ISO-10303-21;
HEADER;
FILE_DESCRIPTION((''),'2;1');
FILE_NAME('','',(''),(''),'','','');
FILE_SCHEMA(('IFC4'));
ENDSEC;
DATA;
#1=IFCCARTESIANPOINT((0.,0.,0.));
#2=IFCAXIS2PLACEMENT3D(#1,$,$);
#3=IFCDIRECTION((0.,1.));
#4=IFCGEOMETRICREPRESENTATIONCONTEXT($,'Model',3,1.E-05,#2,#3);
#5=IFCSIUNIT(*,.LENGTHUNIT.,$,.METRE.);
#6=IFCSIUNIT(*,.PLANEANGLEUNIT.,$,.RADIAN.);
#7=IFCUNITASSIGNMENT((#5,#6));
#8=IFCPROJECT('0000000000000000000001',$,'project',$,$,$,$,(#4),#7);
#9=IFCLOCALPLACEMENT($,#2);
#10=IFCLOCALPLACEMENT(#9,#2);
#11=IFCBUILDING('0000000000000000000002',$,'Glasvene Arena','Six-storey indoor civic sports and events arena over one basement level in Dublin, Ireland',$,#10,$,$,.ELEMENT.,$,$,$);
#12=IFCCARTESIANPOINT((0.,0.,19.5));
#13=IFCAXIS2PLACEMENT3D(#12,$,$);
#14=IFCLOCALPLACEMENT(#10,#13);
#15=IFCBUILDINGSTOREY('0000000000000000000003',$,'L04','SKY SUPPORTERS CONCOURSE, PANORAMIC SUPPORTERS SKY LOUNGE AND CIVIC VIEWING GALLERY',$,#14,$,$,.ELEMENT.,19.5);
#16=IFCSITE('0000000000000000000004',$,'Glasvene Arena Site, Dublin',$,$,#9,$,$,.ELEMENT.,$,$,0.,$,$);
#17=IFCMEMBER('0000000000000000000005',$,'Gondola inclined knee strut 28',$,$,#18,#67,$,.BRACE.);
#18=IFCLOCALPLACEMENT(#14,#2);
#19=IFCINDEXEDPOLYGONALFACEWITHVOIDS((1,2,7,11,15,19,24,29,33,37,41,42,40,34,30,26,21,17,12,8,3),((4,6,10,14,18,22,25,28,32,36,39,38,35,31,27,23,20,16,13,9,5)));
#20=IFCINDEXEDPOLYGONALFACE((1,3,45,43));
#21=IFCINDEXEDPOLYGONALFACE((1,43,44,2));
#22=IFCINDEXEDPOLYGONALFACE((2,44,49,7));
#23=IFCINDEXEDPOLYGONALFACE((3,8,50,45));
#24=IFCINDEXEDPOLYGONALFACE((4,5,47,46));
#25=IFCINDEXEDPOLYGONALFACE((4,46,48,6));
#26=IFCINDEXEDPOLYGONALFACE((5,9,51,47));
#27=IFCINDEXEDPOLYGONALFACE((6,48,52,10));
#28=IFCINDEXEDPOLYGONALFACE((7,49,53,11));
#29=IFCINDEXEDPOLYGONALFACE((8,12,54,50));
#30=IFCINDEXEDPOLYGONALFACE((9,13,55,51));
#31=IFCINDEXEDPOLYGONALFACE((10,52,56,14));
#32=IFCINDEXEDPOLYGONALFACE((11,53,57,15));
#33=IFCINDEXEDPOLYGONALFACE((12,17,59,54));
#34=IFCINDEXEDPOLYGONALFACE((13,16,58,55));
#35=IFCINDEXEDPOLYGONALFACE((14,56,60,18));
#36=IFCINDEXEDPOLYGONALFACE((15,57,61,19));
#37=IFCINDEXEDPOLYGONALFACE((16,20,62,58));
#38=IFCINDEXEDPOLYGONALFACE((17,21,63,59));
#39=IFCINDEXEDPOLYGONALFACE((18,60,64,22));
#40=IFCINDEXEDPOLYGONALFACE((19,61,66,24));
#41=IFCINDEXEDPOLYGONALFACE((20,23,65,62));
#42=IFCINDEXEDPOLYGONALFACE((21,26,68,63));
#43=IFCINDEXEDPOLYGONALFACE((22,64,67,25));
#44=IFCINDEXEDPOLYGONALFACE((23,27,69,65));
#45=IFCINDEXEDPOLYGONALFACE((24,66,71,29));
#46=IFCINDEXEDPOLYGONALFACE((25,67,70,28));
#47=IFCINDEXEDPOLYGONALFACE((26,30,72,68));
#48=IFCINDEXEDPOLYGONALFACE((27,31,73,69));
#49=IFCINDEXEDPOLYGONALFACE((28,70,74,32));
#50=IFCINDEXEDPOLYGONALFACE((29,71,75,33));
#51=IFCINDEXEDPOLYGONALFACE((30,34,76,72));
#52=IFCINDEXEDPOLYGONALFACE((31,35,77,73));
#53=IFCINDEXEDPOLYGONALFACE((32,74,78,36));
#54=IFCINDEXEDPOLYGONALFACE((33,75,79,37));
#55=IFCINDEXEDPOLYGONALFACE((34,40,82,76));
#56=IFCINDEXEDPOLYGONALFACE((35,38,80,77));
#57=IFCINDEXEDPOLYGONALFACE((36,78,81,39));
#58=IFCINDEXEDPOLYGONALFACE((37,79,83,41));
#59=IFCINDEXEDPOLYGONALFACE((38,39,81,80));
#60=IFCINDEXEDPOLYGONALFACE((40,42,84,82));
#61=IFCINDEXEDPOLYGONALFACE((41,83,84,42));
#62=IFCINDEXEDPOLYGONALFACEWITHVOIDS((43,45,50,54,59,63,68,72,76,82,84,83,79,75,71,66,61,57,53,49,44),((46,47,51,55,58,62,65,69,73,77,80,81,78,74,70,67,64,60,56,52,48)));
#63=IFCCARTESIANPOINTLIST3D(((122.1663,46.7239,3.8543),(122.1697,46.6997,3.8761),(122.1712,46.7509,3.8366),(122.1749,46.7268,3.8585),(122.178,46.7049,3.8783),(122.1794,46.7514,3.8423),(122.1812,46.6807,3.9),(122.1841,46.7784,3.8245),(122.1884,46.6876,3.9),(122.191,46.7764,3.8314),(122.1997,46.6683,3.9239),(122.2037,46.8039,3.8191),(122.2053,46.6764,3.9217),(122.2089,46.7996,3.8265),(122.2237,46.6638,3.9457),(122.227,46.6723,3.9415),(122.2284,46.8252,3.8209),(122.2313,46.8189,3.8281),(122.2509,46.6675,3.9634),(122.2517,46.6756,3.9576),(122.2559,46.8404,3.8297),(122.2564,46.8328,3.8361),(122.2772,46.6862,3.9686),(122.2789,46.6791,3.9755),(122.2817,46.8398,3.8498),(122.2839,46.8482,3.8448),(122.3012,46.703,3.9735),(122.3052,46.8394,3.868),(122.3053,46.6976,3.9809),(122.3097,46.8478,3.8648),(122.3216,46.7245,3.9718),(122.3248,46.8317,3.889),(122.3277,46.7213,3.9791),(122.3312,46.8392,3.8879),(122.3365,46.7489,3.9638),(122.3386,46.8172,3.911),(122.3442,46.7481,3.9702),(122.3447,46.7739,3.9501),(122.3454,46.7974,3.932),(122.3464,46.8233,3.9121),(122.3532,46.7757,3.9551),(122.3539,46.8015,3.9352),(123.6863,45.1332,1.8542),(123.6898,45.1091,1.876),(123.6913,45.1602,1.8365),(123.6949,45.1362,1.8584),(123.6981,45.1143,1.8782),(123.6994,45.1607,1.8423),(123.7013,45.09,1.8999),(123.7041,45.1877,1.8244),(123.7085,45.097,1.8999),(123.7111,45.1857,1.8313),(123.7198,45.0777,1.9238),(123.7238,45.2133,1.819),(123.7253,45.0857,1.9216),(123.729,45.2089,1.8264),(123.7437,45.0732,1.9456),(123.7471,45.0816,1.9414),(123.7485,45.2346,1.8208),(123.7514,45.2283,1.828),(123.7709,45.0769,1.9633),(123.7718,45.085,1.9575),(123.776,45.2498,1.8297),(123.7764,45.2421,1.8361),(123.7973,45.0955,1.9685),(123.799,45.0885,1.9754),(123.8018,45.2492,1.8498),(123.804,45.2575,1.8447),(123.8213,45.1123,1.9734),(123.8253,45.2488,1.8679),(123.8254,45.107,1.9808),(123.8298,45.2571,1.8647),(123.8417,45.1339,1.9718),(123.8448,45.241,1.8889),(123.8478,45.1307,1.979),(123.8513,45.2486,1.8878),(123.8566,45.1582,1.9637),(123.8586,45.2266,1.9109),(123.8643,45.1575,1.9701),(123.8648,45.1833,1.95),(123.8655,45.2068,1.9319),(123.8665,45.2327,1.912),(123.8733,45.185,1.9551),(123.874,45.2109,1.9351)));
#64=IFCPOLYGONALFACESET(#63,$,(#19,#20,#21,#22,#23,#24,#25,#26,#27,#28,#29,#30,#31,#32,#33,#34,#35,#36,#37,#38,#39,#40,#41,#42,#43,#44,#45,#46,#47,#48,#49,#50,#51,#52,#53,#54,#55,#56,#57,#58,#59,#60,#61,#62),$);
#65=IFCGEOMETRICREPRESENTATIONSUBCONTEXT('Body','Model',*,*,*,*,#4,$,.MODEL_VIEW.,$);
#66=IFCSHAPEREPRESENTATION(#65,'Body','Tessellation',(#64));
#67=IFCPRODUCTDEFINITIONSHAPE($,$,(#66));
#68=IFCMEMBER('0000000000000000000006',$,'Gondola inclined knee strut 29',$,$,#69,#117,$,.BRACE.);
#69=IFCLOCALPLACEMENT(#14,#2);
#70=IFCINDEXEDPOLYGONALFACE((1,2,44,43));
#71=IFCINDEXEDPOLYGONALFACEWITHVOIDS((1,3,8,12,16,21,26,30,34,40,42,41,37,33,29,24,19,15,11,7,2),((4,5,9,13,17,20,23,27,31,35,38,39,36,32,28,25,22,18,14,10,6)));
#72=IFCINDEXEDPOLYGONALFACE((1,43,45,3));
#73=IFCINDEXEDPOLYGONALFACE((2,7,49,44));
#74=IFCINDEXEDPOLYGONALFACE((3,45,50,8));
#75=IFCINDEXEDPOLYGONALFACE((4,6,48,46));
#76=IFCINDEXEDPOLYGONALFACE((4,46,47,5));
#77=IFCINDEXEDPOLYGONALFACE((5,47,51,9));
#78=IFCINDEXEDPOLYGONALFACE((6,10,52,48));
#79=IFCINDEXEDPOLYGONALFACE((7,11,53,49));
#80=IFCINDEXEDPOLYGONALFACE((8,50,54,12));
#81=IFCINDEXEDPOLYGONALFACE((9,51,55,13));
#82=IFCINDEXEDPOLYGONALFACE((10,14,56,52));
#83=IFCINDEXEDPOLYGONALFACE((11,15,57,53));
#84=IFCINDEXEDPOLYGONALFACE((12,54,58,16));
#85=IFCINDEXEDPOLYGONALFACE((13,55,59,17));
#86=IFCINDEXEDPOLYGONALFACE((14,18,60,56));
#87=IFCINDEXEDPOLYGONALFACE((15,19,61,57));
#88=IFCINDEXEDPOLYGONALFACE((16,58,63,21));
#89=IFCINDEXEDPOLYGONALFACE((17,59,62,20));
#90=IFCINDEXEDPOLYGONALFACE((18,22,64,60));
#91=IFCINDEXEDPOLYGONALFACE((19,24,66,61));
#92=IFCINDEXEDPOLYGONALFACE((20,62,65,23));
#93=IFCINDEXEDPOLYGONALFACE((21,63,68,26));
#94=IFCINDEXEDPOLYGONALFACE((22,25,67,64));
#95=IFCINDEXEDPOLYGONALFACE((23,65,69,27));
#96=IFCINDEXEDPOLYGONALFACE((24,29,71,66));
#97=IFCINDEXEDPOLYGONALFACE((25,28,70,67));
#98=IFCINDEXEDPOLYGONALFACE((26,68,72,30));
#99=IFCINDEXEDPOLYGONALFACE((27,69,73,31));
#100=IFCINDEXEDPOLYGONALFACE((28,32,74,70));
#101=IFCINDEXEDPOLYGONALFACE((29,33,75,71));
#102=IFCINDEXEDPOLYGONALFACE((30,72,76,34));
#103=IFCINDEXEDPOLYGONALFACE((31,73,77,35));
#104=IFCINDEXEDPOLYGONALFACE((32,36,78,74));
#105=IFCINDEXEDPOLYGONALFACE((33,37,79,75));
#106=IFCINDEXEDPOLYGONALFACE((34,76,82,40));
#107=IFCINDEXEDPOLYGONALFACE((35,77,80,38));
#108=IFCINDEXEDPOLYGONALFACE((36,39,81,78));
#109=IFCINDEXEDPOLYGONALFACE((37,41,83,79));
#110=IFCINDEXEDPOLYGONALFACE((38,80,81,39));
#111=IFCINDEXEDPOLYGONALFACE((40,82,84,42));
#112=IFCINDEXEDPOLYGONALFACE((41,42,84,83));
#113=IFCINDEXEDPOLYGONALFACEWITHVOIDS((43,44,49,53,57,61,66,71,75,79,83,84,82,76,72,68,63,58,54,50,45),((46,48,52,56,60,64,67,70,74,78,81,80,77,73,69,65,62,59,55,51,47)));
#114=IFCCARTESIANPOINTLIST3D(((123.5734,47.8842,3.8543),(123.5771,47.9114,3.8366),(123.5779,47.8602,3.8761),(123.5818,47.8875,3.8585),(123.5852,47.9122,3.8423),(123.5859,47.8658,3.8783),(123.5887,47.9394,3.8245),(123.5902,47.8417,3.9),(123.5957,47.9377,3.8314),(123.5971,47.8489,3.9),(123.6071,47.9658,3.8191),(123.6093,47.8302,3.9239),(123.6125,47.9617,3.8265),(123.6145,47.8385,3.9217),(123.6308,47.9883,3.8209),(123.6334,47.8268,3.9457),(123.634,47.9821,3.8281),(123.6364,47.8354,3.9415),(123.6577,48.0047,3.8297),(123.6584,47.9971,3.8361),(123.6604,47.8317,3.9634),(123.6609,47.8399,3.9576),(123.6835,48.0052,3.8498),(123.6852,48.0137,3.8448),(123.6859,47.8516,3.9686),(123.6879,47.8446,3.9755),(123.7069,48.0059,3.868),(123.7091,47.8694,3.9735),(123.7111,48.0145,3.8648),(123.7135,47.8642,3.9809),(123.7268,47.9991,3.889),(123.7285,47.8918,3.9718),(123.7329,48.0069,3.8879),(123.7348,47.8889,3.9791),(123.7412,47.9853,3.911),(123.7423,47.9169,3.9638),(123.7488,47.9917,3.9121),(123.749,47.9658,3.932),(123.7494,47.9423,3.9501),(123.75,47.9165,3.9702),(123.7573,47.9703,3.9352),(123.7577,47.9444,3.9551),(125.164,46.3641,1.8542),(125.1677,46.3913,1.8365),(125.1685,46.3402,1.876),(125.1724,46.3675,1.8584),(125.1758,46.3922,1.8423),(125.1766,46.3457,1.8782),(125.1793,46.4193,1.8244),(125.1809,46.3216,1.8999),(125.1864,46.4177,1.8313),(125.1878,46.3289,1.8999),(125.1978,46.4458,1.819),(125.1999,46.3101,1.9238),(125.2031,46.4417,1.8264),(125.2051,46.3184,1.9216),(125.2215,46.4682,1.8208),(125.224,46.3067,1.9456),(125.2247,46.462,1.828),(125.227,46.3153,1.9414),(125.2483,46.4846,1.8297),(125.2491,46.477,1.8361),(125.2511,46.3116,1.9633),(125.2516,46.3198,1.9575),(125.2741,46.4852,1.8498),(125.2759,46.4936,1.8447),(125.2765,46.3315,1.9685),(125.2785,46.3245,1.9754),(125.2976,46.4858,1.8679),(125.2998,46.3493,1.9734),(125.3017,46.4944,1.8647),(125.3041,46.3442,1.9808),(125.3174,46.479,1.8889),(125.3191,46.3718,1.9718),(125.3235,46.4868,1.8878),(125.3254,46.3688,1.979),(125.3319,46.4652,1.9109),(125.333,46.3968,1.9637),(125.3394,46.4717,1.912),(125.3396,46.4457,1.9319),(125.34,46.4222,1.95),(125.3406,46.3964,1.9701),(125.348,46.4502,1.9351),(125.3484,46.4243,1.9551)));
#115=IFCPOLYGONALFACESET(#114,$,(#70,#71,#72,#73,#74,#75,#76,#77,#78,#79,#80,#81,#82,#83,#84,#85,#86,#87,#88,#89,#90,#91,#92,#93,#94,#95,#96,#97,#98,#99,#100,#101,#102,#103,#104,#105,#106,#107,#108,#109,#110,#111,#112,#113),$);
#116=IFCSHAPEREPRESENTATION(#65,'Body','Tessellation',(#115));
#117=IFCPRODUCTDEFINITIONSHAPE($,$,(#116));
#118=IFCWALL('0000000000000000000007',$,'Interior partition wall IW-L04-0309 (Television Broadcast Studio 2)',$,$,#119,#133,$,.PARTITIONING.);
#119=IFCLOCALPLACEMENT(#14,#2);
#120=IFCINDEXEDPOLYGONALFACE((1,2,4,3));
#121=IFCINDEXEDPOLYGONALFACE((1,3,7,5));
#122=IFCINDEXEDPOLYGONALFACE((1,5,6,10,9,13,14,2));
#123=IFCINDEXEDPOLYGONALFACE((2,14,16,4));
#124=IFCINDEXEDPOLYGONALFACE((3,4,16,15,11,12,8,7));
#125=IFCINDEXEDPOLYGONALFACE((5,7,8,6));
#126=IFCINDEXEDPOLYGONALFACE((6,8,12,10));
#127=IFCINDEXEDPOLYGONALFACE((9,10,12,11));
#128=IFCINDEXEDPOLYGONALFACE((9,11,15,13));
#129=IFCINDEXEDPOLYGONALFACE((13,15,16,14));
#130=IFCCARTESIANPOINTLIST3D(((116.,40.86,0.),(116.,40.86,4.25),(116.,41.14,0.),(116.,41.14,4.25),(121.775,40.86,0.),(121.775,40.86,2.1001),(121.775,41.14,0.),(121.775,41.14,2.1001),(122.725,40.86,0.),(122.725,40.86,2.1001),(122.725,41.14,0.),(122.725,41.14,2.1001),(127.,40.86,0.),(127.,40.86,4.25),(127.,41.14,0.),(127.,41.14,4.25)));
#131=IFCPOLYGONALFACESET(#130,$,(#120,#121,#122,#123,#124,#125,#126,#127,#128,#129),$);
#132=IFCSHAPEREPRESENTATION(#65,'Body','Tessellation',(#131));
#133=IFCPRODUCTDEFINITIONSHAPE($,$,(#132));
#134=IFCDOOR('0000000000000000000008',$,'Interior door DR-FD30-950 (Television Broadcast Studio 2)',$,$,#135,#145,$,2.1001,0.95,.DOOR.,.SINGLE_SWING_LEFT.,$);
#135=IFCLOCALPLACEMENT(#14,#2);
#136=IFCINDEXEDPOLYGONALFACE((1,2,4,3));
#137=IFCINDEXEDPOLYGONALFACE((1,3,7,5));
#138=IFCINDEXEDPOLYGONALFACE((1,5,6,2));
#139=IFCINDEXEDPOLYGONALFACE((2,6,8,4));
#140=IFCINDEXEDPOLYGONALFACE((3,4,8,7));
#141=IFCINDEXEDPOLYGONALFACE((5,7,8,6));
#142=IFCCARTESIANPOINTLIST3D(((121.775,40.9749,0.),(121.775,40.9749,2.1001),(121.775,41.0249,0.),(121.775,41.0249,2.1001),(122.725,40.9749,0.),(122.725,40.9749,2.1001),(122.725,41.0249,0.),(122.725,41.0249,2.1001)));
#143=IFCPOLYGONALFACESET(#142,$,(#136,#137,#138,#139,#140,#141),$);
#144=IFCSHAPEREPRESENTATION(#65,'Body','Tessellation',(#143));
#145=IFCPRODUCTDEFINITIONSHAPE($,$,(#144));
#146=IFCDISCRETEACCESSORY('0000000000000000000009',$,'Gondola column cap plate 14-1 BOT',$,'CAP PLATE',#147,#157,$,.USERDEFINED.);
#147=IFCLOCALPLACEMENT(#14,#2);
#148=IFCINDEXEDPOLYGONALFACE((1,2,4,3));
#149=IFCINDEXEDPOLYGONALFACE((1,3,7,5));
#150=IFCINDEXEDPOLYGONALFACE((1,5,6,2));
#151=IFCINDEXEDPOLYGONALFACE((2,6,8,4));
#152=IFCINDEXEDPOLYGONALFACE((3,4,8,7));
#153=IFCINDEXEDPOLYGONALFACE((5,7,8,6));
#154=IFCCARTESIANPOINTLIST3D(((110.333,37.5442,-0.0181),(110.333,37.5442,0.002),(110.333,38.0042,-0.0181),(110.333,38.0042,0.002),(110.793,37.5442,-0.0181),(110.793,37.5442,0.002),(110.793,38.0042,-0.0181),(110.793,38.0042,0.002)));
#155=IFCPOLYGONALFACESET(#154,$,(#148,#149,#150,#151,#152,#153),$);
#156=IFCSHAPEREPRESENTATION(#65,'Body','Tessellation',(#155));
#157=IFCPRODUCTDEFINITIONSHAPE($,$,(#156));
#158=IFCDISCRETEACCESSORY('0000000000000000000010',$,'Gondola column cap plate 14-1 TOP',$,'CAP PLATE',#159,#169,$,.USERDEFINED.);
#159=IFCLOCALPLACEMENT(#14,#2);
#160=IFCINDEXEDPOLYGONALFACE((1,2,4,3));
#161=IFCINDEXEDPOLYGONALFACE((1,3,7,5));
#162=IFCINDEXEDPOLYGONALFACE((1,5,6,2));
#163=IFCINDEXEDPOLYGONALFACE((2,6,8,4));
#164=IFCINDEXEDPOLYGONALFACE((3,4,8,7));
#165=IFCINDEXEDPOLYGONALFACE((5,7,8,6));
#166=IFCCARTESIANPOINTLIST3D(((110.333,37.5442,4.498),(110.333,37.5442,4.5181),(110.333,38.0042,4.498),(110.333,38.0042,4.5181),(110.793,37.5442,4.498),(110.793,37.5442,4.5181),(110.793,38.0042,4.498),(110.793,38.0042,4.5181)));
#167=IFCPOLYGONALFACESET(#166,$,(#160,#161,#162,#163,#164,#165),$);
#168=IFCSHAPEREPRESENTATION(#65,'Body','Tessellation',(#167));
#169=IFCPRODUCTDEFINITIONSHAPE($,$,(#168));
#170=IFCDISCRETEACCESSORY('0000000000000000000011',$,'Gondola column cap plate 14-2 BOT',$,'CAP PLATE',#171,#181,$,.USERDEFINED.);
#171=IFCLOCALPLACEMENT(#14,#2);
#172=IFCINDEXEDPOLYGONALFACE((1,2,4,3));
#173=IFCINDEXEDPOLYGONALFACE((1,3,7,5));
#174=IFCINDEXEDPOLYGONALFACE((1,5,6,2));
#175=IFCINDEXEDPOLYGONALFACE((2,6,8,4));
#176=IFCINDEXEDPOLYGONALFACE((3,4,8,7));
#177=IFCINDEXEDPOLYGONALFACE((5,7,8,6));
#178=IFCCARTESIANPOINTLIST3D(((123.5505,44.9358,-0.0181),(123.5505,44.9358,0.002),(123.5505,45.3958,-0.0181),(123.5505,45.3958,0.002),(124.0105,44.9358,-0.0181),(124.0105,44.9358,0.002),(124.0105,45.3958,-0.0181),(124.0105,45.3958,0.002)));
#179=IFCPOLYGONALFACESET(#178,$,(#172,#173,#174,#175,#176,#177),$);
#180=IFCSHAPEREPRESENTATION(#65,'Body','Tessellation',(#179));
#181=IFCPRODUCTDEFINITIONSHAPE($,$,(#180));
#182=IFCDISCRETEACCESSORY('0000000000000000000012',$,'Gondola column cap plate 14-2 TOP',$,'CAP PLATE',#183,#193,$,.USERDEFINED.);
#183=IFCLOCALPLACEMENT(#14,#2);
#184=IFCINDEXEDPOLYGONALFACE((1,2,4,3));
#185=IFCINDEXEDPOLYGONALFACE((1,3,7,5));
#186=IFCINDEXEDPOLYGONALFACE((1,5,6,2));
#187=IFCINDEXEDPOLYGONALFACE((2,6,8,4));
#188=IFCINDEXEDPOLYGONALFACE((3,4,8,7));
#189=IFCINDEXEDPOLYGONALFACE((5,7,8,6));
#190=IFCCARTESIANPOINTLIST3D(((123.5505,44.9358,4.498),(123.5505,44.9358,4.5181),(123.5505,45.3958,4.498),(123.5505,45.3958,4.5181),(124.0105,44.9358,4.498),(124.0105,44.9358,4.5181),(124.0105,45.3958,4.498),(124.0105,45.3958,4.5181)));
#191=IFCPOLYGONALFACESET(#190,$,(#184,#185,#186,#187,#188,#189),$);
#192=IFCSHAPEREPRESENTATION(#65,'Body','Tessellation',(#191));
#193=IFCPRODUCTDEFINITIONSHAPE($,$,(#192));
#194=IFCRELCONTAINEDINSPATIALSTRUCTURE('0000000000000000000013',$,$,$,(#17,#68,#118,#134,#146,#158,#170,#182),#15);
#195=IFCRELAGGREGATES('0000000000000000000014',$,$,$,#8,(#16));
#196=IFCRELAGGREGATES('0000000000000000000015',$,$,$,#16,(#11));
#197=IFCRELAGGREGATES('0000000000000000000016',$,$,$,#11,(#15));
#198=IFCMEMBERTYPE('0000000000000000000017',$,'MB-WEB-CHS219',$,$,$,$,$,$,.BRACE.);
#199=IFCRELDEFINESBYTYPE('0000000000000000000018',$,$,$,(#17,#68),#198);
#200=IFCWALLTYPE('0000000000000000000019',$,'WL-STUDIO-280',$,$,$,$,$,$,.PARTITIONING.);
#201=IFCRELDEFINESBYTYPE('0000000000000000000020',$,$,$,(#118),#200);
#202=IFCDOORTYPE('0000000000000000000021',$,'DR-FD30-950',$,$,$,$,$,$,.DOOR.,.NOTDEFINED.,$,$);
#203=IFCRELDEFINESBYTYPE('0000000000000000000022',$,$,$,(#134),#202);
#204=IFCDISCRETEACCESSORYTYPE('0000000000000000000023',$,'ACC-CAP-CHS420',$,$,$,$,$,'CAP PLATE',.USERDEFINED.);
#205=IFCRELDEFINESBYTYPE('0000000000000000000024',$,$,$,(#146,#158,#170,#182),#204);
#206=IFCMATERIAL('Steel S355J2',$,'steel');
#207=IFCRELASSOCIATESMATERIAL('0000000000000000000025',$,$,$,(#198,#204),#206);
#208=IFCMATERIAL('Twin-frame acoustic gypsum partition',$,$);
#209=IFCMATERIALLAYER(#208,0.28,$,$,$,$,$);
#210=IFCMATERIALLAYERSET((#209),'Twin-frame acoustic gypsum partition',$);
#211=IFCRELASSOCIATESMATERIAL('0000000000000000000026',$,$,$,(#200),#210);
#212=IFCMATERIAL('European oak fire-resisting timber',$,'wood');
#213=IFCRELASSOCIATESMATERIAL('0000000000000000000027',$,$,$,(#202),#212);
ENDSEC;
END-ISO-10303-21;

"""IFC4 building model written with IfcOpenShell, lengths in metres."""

from ifc_helpers import new_model, si_unit, direction, frame, frame_2d, origin, origin_2d, place, context, subcontext, project, spatial, rectangle, hollow_circle, extrude, material, layer, layer_set, material_profile, profile_set, type_object, element, fill, save


model = new_model("IFC4")

# Units and contexts
model_context = context("Model", 3, precision=1e-05, world=origin(), true_north=direction((0.0, 1.0)))
body_context = subcontext(model_context, "Body", "Model", "MODEL_VIEW")
ifc_project = project(units=[si_unit("LENGTHUNIT", "METRE"), si_unit("PLANEANGLEUNIT", "RADIAN")], contexts=[model_context])

# Site, building, storey
site_placement = place(None, origin())
site = spatial("IfcSite", under=ifc_project, at=site_placement, Name="Glasvene Arena Site, Dublin", CompositionType="ELEMENT", RefElevation=0.0)
building_placement = place(site_placement, origin())
building = spatial("IfcBuilding", under=site, at=building_placement, Name="Glasvene Arena", Description="Six-storey indoor civic sports and events arena over one basement level in Dublin, Ireland", CompositionType="ELEMENT")
storey_placement = place(building_placement, frame((0.0, 0.0, 19.5)))
storey = spatial("IfcBuildingStorey", under=building, at=storey_placement, Name="L04", Description="SKY SUPPORTERS CONCOURSE, PANORAMIC SUPPORTERS SKY LOUNGE AND CIVIC VIEWING GALLERY", CompositionType="ELEMENT", Elevation=19.5)

# Shared definitions
ifc_material_1 = material(Name="Steel S355J2", Category="steel")

# Members
ifc_material_profile_1 = material_profile(ifc_material_1, hollow_circle(Radius=0.1096, WallThickness=0.01, at=origin_2d()), Name="CHS 219.1x10.0")
ifc_profile_set_1 = profile_set([ifc_material_profile_1], Name="Steel S355J2")
member_type = type_object("IfcMemberType", Name="MB-WEB-CHS219", PredefinedType="BRACE", material=ifc_profile_set_1)
for number, where, z_axis, x_axis, name in (
    (1, (123.7805, 45.1658, 1.8999), (-0.511227, 0.534957, 0.672658), (-0.72296, -0.69089, 0.0), "Gondola inclined knee strut 28"),
    (2, (125.2566, 46.4009, 1.8999), (-0.534957, 0.511227, 0.672658), (-0.69089, -0.72296, 0.0), "Gondola inclined knee strut 29"),
):
    element("IfcMember", number, at=place(storey_placement, frame(where, z_axis=z_axis, x_axis=x_axis)), inside=storey, type_object=member_type, Name=name, PredefinedType="BRACE", context=body_context, shape_type="SweptSolid", body=[
        extrude(hollow_circle(Radius=0.1096, WallThickness=0.01, at=origin_2d()), origin(), (0.0, 0.0, 1.0), 2.9734),
    ])

# Wall, opening, door
ifc_material_2 = material(Name="Twin-frame acoustic gypsum partition")
ifc_layer = layer(ifc_material_2, 0.28)
ifc_layer_set = layer_set([ifc_layer], Name="Twin-frame acoustic gypsum partition")
wall_type = type_object("IfcWallType", Name="WL-STUDIO-280", PredefinedType="PARTITIONING", material=ifc_layer_set)
wall_placement = place(storey_placement, frame((116.0, 41.0, 0.0), z_axis=(0.0, 0.0, 1.0), x_axis=(1.0, 0.0, 0.0)))
wall = element("IfcWall", 3, at=wall_placement, inside=storey, type_object=wall_type, Name="Interior partition wall IW-L04-0309 (Television Broadcast Studio 2)", PredefinedType="PARTITIONING", context=body_context, shape_type="SweptSolid", body=[
    extrude(rectangle(XDim=11.0, YDim=0.28, at=frame_2d((5.5, 0.0))), origin(), (0.0, 0.0, 1.0), 4.25),
])
opening_placement = place(wall_placement, frame((5.7749, 0.0, 0.0)))
opening = element("IfcOpeningElement", 4, at=opening_placement, cuts=wall, PredefinedType="OPENING", context=body_context, shape_type="SweptSolid", body=[
    extrude(rectangle(XDim=0.95, YDim=2.1001, at=frame_2d((0.4751, 1.05))), frame((0.0, 0.1499, 0.0), z_axis=(0.0, -1.0, 0.0), x_axis=(1.0, 0.0, 0.0)), (0.0, 0.0, 1.0), 0.3),
])
ifc_material_3 = material(Name="European oak fire-resisting timber", Category="wood")
door_type = type_object("IfcDoorType", Name="DR-FD30-950", OperationType="NOTDEFINED", PredefinedType="DOOR", material=ifc_material_3)
door_placement = place(opening_placement, origin())
door = element("IfcDoor", 5, at=door_placement, inside=storey, type_object=door_type, Name="Interior door DR-FD30-950 (Television Broadcast Studio 2)", OperationType="SINGLE_SWING_LEFT", OverallHeight=2.1001, OverallWidth=0.95, PredefinedType="DOOR", context=body_context, shape_type="SweptSolid", body=[
    extrude(rectangle(XDim=0.95, YDim=2.1001, at=frame_2d((0.4751, 1.05))), frame((0.0, 0.0249, 0.0), z_axis=(0.0, -1.0, 0.0), x_axis=(1.0, 0.0, 0.0)), (0.0, 0.0, 1.0), 0.05),
])
fill(opening, door)

# Discrete accessories
discrete_accessory_type = type_object("IfcDiscreteAccessoryType", Name="ACC-CAP-CHS420", ElementType="CAP PLATE", PredefinedType="USERDEFINED", material=ifc_material_1)
for number, where, z_axis, x_axis, name in (
    (6, (110.563, 37.7742, -0.0181), (0.0, 0.0, 1.0), (1.0, 0.0, 0.0), "Gondola column cap plate 14-1 BOT"),
    (7, (110.563, 37.7742, 4.498), (0.0, 0.0, 1.0), (1.0, 0.0, 0.0), "Gondola column cap plate 14-1 TOP"),
    (8, (123.7805, 45.1658, -0.0181), (0.0, 0.0, 1.0), (1.0, 0.0, 0.0), "Gondola column cap plate 14-2 BOT"),
    (9, (123.7805, 45.1658, 4.498), (0.0, 0.0, 1.0), (1.0, 0.0, 0.0), "Gondola column cap plate 14-2 TOP"),
):
    element("IfcDiscreteAccessory", number, at=place(storey_placement, frame(where, z_axis=z_axis, x_axis=x_axis)), inside=storey, type_object=discrete_accessory_type, Name=name, ObjectType="CAP PLATE", PredefinedType="USERDEFINED", context=body_context, shape_type="SweptSolid", body=[
        extrude(rectangle(XDim=0.46, YDim=0.46, at=origin_2d()), origin(), (0.0, 0.0, 1.0), 0.02),
    ])

save(model, "model.ifc")
